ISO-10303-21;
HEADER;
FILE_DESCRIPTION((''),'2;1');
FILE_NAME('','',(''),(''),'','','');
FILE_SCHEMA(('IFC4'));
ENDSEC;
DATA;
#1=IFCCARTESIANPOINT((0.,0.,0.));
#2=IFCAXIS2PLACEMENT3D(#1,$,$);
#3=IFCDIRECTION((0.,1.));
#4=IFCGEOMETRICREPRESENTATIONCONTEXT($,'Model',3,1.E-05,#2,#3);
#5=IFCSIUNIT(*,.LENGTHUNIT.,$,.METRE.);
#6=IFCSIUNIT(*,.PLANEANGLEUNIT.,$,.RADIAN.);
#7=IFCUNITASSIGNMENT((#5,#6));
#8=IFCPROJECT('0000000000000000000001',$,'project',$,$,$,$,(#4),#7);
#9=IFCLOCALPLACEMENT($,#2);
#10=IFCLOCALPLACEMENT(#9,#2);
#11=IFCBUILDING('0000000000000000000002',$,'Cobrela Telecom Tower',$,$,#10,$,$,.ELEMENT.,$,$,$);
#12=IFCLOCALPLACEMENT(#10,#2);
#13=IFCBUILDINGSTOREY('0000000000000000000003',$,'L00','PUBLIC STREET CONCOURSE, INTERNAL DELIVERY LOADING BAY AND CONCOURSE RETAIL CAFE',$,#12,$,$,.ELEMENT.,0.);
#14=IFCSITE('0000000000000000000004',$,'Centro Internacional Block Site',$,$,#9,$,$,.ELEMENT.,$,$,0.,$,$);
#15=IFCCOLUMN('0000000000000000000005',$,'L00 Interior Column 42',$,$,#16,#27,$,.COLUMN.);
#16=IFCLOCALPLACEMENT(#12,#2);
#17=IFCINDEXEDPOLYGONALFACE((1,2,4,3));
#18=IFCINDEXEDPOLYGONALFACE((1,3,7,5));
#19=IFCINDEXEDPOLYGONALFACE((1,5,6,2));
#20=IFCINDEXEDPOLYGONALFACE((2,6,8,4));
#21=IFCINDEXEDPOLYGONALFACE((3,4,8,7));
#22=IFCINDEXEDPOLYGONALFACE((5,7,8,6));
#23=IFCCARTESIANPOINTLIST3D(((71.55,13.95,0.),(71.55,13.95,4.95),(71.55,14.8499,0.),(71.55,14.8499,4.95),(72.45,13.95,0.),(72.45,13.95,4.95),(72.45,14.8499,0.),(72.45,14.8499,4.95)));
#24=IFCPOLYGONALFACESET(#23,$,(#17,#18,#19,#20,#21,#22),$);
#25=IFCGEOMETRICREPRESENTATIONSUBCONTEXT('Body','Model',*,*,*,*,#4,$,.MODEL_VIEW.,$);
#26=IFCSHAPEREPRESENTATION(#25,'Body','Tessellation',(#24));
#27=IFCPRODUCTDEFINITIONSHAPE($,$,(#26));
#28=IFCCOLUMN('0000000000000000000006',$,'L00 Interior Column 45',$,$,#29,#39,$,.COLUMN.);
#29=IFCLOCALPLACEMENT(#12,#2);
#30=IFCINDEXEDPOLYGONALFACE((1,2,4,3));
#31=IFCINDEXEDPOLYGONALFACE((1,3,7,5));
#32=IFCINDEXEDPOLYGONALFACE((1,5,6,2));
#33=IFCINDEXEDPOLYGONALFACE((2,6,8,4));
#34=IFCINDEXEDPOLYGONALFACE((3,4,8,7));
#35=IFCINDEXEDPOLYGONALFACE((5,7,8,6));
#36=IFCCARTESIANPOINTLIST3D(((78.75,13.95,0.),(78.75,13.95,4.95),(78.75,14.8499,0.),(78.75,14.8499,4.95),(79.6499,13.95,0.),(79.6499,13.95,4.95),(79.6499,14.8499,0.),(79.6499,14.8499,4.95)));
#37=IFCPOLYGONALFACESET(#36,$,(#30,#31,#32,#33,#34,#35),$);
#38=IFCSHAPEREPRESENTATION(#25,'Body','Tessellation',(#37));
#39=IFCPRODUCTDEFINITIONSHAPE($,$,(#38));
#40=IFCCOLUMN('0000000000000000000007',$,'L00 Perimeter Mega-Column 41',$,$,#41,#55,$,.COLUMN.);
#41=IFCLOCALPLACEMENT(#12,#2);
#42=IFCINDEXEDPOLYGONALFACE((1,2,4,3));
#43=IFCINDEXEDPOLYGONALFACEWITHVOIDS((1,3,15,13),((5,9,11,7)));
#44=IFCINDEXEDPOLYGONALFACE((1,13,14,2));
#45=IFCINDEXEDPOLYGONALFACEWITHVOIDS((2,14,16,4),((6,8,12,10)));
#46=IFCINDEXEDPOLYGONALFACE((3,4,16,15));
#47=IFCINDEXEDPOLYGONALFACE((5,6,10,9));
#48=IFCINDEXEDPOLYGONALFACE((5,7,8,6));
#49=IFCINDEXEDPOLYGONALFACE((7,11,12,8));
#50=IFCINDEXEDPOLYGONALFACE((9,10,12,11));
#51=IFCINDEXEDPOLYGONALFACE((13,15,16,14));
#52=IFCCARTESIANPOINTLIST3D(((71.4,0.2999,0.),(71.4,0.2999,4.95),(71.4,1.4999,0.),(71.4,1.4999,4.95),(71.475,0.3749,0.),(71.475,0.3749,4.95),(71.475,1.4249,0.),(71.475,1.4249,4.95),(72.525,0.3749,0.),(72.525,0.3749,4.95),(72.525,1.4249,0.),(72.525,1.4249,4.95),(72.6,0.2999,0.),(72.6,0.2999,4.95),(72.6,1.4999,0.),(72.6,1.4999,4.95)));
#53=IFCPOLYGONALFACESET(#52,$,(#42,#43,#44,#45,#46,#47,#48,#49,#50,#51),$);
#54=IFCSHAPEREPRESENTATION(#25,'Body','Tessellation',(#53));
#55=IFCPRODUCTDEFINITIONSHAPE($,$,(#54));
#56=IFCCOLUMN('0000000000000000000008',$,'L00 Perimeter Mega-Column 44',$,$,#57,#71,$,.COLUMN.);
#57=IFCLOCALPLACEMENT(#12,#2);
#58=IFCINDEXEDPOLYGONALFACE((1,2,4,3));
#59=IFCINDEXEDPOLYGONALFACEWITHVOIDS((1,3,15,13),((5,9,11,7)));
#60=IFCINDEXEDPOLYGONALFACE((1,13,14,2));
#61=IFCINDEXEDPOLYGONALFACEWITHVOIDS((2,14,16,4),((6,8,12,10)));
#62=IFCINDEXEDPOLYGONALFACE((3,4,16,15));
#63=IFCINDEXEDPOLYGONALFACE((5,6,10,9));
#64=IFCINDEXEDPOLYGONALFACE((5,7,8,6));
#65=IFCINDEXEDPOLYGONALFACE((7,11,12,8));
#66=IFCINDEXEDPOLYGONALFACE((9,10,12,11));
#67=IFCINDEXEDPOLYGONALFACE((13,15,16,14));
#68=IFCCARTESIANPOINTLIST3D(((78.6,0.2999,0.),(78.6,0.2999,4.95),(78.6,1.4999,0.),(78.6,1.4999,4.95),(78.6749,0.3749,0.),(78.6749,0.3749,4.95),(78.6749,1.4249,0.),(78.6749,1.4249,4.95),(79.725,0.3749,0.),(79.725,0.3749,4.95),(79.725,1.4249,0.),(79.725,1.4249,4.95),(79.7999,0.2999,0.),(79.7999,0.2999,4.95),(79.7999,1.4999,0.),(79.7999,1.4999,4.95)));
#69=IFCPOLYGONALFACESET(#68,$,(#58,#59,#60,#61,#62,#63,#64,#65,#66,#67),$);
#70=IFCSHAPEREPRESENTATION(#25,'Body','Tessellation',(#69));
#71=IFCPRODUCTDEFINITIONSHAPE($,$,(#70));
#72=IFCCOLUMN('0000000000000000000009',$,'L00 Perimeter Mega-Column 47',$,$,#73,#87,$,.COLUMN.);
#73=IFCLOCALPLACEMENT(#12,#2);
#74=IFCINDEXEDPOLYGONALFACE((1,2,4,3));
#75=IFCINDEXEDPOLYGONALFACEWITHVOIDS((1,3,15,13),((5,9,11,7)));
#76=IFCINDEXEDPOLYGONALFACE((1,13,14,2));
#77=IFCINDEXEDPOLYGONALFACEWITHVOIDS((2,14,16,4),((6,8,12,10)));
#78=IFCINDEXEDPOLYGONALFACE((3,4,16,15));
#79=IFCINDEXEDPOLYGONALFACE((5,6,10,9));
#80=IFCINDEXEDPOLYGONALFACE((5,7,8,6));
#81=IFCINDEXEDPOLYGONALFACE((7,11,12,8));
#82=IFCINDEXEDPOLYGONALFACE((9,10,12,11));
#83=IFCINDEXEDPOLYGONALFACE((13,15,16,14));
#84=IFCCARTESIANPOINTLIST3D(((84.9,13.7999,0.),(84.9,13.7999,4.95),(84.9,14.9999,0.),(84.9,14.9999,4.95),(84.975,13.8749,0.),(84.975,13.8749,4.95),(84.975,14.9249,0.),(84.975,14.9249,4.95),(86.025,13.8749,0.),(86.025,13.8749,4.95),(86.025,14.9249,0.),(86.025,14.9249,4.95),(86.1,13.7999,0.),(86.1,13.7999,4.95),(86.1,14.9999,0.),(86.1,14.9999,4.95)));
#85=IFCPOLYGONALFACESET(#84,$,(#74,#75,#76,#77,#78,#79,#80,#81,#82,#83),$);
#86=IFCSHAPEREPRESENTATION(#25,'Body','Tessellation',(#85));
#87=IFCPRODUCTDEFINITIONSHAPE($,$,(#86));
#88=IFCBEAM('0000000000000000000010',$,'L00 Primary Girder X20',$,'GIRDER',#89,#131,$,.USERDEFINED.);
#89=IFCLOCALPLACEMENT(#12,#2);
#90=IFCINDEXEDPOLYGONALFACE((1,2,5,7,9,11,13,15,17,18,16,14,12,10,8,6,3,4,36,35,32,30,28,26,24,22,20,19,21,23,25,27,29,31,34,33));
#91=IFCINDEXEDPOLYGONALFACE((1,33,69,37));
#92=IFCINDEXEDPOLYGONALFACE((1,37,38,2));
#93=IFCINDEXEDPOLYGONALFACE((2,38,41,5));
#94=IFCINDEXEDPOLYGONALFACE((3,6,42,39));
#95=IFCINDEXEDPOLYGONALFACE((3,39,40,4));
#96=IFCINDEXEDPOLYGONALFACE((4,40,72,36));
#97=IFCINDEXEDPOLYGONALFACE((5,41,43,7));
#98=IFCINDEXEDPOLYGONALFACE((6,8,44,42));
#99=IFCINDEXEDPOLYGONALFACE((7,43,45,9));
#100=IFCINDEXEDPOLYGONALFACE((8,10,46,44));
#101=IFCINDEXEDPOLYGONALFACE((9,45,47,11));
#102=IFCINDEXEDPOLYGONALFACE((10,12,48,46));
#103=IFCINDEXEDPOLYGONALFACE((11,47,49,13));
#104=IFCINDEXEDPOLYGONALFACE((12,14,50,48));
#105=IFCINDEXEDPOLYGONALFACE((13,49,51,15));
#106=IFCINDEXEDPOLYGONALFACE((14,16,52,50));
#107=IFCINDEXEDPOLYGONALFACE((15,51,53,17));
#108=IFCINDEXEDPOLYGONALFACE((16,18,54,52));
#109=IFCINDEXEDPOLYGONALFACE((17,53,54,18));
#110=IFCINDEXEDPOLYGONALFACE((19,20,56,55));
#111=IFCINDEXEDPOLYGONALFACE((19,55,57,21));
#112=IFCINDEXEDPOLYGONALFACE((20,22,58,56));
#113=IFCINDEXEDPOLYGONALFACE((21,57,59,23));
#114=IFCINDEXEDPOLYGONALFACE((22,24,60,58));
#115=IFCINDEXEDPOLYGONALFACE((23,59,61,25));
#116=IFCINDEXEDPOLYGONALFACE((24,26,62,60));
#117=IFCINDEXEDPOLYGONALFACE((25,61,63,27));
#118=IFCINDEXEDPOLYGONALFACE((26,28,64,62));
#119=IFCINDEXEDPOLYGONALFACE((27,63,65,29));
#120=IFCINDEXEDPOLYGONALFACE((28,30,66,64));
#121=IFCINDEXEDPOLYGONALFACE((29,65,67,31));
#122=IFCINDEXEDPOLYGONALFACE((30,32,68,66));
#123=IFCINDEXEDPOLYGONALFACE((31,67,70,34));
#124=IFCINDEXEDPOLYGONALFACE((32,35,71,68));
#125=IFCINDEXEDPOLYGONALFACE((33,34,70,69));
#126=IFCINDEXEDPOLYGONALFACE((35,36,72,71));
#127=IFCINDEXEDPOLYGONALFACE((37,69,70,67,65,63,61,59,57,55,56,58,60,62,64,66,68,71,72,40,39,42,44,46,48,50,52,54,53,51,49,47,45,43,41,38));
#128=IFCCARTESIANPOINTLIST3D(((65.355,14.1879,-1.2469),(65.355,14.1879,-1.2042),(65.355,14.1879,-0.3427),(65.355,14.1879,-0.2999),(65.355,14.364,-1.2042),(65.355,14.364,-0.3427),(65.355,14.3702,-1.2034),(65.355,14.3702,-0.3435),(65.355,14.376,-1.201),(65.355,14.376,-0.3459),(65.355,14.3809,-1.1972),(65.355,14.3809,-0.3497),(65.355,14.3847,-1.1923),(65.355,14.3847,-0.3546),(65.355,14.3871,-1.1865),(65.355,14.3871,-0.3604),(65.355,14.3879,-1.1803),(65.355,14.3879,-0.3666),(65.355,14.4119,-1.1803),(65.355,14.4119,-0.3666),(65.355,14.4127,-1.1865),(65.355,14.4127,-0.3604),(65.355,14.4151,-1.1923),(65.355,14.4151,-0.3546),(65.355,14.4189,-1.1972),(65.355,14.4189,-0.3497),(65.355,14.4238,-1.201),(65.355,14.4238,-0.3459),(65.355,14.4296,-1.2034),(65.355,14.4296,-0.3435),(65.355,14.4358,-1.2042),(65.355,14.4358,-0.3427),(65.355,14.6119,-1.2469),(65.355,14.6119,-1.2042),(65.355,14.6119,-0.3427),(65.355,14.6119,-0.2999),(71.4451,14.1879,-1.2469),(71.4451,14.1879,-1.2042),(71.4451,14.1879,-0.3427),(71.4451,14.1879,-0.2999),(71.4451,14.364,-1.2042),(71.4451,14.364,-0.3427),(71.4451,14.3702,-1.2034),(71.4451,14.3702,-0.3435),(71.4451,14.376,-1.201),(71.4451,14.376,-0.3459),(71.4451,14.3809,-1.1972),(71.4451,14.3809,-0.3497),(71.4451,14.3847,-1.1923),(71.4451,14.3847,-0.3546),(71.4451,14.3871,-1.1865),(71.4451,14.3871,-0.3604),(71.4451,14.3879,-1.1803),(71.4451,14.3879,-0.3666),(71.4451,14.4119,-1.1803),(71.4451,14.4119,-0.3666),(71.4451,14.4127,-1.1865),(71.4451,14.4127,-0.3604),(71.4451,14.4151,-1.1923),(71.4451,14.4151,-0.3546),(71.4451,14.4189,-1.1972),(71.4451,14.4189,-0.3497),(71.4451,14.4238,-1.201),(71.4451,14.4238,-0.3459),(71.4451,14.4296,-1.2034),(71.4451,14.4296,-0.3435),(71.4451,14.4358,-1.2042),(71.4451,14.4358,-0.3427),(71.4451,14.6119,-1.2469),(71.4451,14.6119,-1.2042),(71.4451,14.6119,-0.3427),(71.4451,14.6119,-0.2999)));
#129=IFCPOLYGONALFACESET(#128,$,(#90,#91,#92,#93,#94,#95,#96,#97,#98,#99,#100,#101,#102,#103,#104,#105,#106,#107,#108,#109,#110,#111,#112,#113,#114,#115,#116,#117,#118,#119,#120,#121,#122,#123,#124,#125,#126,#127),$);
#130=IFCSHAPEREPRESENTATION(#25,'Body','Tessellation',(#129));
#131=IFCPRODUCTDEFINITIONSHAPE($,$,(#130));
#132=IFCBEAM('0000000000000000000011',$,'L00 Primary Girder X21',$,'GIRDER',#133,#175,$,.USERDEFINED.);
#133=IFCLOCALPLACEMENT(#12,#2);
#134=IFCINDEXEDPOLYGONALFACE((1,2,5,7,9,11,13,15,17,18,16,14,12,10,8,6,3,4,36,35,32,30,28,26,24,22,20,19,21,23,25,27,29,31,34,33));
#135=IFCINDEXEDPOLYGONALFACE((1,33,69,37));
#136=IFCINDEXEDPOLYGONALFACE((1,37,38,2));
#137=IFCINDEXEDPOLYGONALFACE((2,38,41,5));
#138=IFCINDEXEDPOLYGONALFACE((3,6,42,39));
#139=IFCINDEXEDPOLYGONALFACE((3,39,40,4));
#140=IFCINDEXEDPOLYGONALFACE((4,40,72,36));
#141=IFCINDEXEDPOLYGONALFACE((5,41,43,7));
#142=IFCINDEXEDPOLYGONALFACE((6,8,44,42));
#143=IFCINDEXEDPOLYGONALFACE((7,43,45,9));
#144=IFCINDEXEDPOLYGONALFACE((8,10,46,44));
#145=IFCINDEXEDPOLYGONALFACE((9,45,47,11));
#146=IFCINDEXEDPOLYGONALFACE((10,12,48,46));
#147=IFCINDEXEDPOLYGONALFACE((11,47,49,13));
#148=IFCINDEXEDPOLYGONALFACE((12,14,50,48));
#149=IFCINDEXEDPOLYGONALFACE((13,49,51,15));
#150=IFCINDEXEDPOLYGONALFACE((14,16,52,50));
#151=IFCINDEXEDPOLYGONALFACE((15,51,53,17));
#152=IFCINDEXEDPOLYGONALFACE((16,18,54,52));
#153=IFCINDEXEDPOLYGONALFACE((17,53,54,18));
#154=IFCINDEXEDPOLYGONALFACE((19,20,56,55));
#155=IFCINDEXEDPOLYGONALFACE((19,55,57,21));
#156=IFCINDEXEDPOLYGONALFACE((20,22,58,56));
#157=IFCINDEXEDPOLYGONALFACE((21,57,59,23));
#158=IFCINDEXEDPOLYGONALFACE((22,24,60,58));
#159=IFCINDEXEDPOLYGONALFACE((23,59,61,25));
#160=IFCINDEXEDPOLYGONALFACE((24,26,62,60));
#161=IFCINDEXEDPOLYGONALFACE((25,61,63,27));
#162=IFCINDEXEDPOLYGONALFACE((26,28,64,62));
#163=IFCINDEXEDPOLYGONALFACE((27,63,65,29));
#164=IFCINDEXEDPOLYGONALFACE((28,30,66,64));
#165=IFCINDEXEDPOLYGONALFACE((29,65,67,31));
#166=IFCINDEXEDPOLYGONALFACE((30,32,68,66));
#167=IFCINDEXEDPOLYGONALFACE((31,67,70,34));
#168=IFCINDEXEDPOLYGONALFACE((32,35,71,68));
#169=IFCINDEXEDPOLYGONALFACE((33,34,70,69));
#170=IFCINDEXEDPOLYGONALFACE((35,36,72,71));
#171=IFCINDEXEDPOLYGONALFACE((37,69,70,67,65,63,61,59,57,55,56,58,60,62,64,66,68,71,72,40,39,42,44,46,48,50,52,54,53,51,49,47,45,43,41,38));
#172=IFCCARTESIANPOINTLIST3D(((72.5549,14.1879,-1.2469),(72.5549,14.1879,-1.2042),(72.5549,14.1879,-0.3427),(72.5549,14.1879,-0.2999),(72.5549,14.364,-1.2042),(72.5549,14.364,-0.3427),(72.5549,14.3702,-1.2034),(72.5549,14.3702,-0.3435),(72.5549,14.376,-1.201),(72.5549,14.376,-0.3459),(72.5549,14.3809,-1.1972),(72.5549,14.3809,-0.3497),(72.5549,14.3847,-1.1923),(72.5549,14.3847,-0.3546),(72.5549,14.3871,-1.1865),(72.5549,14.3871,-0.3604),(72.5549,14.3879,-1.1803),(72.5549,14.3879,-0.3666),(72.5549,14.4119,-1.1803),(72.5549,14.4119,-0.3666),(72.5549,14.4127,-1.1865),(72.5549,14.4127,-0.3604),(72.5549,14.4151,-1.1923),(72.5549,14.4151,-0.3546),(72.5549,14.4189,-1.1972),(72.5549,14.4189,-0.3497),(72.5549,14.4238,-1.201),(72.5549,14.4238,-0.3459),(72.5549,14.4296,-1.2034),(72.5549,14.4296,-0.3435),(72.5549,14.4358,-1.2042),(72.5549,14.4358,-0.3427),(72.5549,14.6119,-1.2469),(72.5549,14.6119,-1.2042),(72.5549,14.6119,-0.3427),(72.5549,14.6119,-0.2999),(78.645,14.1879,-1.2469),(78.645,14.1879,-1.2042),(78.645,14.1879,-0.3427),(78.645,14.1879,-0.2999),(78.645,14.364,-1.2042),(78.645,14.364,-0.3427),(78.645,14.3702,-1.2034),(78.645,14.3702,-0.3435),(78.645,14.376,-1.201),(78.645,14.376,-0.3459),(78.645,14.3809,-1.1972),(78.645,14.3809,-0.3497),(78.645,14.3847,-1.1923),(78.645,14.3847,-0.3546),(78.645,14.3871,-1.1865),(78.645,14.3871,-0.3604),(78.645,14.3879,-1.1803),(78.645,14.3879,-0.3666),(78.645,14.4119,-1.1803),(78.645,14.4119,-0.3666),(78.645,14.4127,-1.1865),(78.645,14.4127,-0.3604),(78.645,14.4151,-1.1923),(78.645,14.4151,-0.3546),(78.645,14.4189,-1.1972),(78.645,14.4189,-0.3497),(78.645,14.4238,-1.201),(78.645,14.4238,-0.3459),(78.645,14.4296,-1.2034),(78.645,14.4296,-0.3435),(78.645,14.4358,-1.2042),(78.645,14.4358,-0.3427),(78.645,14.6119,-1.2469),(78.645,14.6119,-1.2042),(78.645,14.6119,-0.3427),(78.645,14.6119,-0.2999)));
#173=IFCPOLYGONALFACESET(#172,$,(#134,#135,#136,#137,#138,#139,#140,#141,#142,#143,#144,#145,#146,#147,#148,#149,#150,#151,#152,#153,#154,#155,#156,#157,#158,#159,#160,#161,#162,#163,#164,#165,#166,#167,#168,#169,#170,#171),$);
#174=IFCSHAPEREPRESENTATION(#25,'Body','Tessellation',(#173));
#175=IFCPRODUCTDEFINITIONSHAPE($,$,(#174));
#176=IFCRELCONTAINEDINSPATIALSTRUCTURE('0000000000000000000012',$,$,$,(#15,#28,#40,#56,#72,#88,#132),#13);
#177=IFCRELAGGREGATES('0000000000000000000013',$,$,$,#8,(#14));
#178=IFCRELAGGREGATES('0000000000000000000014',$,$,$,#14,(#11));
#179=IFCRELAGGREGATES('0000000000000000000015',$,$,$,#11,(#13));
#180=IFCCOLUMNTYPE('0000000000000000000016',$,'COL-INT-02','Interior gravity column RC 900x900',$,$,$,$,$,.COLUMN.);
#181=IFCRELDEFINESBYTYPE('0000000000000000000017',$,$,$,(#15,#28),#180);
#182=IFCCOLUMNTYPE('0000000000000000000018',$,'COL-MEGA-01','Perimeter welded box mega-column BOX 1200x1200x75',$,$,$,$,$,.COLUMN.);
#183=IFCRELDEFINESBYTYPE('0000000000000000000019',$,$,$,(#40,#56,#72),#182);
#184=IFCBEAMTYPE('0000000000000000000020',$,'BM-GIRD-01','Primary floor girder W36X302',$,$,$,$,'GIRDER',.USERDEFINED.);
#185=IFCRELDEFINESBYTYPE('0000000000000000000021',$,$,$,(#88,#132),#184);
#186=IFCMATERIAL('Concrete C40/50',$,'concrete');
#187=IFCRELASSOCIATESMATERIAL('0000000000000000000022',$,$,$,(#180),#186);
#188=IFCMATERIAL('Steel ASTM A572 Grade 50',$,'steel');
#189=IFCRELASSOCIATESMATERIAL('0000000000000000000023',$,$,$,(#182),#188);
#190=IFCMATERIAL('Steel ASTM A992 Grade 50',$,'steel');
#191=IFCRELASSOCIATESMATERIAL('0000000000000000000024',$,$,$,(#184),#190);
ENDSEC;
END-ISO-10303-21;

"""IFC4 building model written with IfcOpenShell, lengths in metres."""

from ifc_helpers import new_model, si_unit, direction, frame, origin, origin_2d, place, context, subcontext, project, spatial, rectangle, hollow_rectangle, i_section, extrude, material, material_profile, profile_set, type_object, element, save


model = new_model("IFC4")

# Units and contexts
model_context = context("Model", 3, precision=1e-05, world=origin(), true_north=direction((0.0, 1.0)))
body_context = subcontext(model_context, "Body", "Model", "MODEL_VIEW")
ifc_project = project(units=[si_unit("LENGTHUNIT", "METRE"), si_unit("PLANEANGLEUNIT", "RADIAN")], contexts=[model_context])

# Site, building, storey
site_placement = place(None, origin())
site = spatial("IfcSite", under=ifc_project, at=site_placement, Name="Centro Internacional Block Site", CompositionType="ELEMENT", RefElevation=0.0)
building_placement = place(site_placement, origin())
building = spatial("IfcBuilding", under=site, at=building_placement, Name="Cobrela Telecom Tower", CompositionType="ELEMENT")
storey_placement = place(building_placement, origin())
storey = spatial("IfcBuildingStorey", under=building, at=storey_placement, Name="L00", Description="PUBLIC STREET CONCOURSE, INTERNAL DELIVERY LOADING BAY AND CONCOURSE RETAIL CAFE", CompositionType="ELEMENT", Elevation=0.0)

# Columns
ifc_material_1 = material(Name="Concrete C40/50", Category="concrete")
ifc_material_profile_1 = material_profile(ifc_material_1, rectangle(XDim=0.8999, YDim=0.8999, at=origin_2d()), Name="RC 900x900")
ifc_profile_set_1 = profile_set([ifc_material_profile_1], Name="Concrete C40/50")
column_type_1 = type_object("IfcColumnType", Name="COL-INT-02", Description="Interior gravity column RC 900x900", PredefinedType="COLUMN", material=ifc_profile_set_1)
for number, where, z_axis, x_axis, name in (
    (1, (72.0, 14.3999, 0.0), (0.0, 0.0, 1.0), (1.0, 0.0, 0.0), "L00 Interior Column 42"),
    (2, (79.2, 14.3999, 0.0), (0.0, 0.0, 1.0), (1.0, 0.0, 0.0), "L00 Interior Column 45"),
):
    element("IfcColumn", number, at=place(storey_placement, frame(where, z_axis=z_axis, x_axis=x_axis)), inside=storey, type_object=column_type_1, Name=name, PredefinedType="COLUMN", context=body_context, shape_type="SweptSolid", body=[
        extrude(rectangle(XDim=0.8999, YDim=0.8999, at=origin_2d()), origin(), (0.0, 0.0, 1.0), 4.95),
    ])
ifc_material_2 = material(Name="Steel ASTM A572 Grade 50", Category="steel")
ifc_material_profile_2 = material_profile(ifc_material_2, hollow_rectangle(XDim=1.2, YDim=1.2, WallThickness=0.075, at=origin_2d()), Name="BOX 1200x1200x75")
ifc_profile_set_2 = profile_set([ifc_material_profile_2], Name="Steel ASTM A572 Grade 50")
column_type_2 = type_object("IfcColumnType", Name="COL-MEGA-01", Description="Perimeter welded box mega-column BOX 1200x1200x75", PredefinedType="COLUMN", material=ifc_profile_set_2)
for number, where, z_axis, x_axis, name in (
    (3, (72.0, 0.8999, 0.0), (0.0, 0.0, 1.0), (1.0, 0.0, 0.0), "L00 Perimeter Mega-Column 41"),
    (4, (79.2, 0.8999, 0.0), (0.0, 0.0, 1.0), (1.0, 0.0, 0.0), "L00 Perimeter Mega-Column 44"),
    (5, (85.5, 14.3999, 0.0), (0.0, 0.0, 1.0), (1.0, 0.0, 0.0), "L00 Perimeter Mega-Column 47"),
):
    element("IfcColumn", number, at=place(storey_placement, frame(where, z_axis=z_axis, x_axis=x_axis)), inside=storey, type_object=column_type_2, Name=name, PredefinedType="COLUMN", context=body_context, shape_type="SweptSolid", body=[
        extrude(hollow_rectangle(XDim=1.2, YDim=1.2, WallThickness=0.075, at=origin_2d()), origin(), (0.0, 0.0, 1.0), 4.95),
    ])

# Beams
ifc_material_3 = material(Name="Steel ASTM A992 Grade 50", Category="steel")
ifc_material_profile_3 = material_profile(ifc_material_3, i_section(OverallWidth=0.4241, OverallDepth=0.947, WebThickness=0.0239, FlangeThickness=0.0427, FilletRadius=0.0239, at=origin_2d()), Name="W36X302")
ifc_profile_set_3 = profile_set([ifc_material_profile_3], Name="Steel ASTM A992 Grade 50")
beam_type_1 = type_object("IfcBeamType", Name="BM-GIRD-01", Description="Primary floor girder W36X302", ElementType="GIRDER", PredefinedType="USERDEFINED", material=ifc_profile_set_3)
for number, where, z_axis, x_axis, name in (
    (6, (65.355, 14.3999, -0.7734), (1.0, 0.0, 0.0), (0.0, 1.0, 0.0), "L00 Primary Girder X20"),
    (7, (72.5549, 14.3999, -0.7734), (1.0, 0.0, 0.0), (0.0, 1.0, 0.0), "L00 Primary Girder X21"),
):
    element("IfcBeam", number, at=place(storey_placement, frame(where, z_axis=z_axis, x_axis=x_axis)), inside=storey, type_object=beam_type_1, Name=name, ObjectType="GIRDER", PredefinedType="USERDEFINED", context=body_context, shape_type="SweptSolid", body=[
        extrude(i_section(OverallWidth=0.4241, OverallDepth=0.947, WebThickness=0.0239, FlangeThickness=0.0427, FilletRadius=0.0239, at=origin_2d()), origin(), (0.0, 0.0, 1.0), 6.0901),
    ])

save(model, "model.ifc")
